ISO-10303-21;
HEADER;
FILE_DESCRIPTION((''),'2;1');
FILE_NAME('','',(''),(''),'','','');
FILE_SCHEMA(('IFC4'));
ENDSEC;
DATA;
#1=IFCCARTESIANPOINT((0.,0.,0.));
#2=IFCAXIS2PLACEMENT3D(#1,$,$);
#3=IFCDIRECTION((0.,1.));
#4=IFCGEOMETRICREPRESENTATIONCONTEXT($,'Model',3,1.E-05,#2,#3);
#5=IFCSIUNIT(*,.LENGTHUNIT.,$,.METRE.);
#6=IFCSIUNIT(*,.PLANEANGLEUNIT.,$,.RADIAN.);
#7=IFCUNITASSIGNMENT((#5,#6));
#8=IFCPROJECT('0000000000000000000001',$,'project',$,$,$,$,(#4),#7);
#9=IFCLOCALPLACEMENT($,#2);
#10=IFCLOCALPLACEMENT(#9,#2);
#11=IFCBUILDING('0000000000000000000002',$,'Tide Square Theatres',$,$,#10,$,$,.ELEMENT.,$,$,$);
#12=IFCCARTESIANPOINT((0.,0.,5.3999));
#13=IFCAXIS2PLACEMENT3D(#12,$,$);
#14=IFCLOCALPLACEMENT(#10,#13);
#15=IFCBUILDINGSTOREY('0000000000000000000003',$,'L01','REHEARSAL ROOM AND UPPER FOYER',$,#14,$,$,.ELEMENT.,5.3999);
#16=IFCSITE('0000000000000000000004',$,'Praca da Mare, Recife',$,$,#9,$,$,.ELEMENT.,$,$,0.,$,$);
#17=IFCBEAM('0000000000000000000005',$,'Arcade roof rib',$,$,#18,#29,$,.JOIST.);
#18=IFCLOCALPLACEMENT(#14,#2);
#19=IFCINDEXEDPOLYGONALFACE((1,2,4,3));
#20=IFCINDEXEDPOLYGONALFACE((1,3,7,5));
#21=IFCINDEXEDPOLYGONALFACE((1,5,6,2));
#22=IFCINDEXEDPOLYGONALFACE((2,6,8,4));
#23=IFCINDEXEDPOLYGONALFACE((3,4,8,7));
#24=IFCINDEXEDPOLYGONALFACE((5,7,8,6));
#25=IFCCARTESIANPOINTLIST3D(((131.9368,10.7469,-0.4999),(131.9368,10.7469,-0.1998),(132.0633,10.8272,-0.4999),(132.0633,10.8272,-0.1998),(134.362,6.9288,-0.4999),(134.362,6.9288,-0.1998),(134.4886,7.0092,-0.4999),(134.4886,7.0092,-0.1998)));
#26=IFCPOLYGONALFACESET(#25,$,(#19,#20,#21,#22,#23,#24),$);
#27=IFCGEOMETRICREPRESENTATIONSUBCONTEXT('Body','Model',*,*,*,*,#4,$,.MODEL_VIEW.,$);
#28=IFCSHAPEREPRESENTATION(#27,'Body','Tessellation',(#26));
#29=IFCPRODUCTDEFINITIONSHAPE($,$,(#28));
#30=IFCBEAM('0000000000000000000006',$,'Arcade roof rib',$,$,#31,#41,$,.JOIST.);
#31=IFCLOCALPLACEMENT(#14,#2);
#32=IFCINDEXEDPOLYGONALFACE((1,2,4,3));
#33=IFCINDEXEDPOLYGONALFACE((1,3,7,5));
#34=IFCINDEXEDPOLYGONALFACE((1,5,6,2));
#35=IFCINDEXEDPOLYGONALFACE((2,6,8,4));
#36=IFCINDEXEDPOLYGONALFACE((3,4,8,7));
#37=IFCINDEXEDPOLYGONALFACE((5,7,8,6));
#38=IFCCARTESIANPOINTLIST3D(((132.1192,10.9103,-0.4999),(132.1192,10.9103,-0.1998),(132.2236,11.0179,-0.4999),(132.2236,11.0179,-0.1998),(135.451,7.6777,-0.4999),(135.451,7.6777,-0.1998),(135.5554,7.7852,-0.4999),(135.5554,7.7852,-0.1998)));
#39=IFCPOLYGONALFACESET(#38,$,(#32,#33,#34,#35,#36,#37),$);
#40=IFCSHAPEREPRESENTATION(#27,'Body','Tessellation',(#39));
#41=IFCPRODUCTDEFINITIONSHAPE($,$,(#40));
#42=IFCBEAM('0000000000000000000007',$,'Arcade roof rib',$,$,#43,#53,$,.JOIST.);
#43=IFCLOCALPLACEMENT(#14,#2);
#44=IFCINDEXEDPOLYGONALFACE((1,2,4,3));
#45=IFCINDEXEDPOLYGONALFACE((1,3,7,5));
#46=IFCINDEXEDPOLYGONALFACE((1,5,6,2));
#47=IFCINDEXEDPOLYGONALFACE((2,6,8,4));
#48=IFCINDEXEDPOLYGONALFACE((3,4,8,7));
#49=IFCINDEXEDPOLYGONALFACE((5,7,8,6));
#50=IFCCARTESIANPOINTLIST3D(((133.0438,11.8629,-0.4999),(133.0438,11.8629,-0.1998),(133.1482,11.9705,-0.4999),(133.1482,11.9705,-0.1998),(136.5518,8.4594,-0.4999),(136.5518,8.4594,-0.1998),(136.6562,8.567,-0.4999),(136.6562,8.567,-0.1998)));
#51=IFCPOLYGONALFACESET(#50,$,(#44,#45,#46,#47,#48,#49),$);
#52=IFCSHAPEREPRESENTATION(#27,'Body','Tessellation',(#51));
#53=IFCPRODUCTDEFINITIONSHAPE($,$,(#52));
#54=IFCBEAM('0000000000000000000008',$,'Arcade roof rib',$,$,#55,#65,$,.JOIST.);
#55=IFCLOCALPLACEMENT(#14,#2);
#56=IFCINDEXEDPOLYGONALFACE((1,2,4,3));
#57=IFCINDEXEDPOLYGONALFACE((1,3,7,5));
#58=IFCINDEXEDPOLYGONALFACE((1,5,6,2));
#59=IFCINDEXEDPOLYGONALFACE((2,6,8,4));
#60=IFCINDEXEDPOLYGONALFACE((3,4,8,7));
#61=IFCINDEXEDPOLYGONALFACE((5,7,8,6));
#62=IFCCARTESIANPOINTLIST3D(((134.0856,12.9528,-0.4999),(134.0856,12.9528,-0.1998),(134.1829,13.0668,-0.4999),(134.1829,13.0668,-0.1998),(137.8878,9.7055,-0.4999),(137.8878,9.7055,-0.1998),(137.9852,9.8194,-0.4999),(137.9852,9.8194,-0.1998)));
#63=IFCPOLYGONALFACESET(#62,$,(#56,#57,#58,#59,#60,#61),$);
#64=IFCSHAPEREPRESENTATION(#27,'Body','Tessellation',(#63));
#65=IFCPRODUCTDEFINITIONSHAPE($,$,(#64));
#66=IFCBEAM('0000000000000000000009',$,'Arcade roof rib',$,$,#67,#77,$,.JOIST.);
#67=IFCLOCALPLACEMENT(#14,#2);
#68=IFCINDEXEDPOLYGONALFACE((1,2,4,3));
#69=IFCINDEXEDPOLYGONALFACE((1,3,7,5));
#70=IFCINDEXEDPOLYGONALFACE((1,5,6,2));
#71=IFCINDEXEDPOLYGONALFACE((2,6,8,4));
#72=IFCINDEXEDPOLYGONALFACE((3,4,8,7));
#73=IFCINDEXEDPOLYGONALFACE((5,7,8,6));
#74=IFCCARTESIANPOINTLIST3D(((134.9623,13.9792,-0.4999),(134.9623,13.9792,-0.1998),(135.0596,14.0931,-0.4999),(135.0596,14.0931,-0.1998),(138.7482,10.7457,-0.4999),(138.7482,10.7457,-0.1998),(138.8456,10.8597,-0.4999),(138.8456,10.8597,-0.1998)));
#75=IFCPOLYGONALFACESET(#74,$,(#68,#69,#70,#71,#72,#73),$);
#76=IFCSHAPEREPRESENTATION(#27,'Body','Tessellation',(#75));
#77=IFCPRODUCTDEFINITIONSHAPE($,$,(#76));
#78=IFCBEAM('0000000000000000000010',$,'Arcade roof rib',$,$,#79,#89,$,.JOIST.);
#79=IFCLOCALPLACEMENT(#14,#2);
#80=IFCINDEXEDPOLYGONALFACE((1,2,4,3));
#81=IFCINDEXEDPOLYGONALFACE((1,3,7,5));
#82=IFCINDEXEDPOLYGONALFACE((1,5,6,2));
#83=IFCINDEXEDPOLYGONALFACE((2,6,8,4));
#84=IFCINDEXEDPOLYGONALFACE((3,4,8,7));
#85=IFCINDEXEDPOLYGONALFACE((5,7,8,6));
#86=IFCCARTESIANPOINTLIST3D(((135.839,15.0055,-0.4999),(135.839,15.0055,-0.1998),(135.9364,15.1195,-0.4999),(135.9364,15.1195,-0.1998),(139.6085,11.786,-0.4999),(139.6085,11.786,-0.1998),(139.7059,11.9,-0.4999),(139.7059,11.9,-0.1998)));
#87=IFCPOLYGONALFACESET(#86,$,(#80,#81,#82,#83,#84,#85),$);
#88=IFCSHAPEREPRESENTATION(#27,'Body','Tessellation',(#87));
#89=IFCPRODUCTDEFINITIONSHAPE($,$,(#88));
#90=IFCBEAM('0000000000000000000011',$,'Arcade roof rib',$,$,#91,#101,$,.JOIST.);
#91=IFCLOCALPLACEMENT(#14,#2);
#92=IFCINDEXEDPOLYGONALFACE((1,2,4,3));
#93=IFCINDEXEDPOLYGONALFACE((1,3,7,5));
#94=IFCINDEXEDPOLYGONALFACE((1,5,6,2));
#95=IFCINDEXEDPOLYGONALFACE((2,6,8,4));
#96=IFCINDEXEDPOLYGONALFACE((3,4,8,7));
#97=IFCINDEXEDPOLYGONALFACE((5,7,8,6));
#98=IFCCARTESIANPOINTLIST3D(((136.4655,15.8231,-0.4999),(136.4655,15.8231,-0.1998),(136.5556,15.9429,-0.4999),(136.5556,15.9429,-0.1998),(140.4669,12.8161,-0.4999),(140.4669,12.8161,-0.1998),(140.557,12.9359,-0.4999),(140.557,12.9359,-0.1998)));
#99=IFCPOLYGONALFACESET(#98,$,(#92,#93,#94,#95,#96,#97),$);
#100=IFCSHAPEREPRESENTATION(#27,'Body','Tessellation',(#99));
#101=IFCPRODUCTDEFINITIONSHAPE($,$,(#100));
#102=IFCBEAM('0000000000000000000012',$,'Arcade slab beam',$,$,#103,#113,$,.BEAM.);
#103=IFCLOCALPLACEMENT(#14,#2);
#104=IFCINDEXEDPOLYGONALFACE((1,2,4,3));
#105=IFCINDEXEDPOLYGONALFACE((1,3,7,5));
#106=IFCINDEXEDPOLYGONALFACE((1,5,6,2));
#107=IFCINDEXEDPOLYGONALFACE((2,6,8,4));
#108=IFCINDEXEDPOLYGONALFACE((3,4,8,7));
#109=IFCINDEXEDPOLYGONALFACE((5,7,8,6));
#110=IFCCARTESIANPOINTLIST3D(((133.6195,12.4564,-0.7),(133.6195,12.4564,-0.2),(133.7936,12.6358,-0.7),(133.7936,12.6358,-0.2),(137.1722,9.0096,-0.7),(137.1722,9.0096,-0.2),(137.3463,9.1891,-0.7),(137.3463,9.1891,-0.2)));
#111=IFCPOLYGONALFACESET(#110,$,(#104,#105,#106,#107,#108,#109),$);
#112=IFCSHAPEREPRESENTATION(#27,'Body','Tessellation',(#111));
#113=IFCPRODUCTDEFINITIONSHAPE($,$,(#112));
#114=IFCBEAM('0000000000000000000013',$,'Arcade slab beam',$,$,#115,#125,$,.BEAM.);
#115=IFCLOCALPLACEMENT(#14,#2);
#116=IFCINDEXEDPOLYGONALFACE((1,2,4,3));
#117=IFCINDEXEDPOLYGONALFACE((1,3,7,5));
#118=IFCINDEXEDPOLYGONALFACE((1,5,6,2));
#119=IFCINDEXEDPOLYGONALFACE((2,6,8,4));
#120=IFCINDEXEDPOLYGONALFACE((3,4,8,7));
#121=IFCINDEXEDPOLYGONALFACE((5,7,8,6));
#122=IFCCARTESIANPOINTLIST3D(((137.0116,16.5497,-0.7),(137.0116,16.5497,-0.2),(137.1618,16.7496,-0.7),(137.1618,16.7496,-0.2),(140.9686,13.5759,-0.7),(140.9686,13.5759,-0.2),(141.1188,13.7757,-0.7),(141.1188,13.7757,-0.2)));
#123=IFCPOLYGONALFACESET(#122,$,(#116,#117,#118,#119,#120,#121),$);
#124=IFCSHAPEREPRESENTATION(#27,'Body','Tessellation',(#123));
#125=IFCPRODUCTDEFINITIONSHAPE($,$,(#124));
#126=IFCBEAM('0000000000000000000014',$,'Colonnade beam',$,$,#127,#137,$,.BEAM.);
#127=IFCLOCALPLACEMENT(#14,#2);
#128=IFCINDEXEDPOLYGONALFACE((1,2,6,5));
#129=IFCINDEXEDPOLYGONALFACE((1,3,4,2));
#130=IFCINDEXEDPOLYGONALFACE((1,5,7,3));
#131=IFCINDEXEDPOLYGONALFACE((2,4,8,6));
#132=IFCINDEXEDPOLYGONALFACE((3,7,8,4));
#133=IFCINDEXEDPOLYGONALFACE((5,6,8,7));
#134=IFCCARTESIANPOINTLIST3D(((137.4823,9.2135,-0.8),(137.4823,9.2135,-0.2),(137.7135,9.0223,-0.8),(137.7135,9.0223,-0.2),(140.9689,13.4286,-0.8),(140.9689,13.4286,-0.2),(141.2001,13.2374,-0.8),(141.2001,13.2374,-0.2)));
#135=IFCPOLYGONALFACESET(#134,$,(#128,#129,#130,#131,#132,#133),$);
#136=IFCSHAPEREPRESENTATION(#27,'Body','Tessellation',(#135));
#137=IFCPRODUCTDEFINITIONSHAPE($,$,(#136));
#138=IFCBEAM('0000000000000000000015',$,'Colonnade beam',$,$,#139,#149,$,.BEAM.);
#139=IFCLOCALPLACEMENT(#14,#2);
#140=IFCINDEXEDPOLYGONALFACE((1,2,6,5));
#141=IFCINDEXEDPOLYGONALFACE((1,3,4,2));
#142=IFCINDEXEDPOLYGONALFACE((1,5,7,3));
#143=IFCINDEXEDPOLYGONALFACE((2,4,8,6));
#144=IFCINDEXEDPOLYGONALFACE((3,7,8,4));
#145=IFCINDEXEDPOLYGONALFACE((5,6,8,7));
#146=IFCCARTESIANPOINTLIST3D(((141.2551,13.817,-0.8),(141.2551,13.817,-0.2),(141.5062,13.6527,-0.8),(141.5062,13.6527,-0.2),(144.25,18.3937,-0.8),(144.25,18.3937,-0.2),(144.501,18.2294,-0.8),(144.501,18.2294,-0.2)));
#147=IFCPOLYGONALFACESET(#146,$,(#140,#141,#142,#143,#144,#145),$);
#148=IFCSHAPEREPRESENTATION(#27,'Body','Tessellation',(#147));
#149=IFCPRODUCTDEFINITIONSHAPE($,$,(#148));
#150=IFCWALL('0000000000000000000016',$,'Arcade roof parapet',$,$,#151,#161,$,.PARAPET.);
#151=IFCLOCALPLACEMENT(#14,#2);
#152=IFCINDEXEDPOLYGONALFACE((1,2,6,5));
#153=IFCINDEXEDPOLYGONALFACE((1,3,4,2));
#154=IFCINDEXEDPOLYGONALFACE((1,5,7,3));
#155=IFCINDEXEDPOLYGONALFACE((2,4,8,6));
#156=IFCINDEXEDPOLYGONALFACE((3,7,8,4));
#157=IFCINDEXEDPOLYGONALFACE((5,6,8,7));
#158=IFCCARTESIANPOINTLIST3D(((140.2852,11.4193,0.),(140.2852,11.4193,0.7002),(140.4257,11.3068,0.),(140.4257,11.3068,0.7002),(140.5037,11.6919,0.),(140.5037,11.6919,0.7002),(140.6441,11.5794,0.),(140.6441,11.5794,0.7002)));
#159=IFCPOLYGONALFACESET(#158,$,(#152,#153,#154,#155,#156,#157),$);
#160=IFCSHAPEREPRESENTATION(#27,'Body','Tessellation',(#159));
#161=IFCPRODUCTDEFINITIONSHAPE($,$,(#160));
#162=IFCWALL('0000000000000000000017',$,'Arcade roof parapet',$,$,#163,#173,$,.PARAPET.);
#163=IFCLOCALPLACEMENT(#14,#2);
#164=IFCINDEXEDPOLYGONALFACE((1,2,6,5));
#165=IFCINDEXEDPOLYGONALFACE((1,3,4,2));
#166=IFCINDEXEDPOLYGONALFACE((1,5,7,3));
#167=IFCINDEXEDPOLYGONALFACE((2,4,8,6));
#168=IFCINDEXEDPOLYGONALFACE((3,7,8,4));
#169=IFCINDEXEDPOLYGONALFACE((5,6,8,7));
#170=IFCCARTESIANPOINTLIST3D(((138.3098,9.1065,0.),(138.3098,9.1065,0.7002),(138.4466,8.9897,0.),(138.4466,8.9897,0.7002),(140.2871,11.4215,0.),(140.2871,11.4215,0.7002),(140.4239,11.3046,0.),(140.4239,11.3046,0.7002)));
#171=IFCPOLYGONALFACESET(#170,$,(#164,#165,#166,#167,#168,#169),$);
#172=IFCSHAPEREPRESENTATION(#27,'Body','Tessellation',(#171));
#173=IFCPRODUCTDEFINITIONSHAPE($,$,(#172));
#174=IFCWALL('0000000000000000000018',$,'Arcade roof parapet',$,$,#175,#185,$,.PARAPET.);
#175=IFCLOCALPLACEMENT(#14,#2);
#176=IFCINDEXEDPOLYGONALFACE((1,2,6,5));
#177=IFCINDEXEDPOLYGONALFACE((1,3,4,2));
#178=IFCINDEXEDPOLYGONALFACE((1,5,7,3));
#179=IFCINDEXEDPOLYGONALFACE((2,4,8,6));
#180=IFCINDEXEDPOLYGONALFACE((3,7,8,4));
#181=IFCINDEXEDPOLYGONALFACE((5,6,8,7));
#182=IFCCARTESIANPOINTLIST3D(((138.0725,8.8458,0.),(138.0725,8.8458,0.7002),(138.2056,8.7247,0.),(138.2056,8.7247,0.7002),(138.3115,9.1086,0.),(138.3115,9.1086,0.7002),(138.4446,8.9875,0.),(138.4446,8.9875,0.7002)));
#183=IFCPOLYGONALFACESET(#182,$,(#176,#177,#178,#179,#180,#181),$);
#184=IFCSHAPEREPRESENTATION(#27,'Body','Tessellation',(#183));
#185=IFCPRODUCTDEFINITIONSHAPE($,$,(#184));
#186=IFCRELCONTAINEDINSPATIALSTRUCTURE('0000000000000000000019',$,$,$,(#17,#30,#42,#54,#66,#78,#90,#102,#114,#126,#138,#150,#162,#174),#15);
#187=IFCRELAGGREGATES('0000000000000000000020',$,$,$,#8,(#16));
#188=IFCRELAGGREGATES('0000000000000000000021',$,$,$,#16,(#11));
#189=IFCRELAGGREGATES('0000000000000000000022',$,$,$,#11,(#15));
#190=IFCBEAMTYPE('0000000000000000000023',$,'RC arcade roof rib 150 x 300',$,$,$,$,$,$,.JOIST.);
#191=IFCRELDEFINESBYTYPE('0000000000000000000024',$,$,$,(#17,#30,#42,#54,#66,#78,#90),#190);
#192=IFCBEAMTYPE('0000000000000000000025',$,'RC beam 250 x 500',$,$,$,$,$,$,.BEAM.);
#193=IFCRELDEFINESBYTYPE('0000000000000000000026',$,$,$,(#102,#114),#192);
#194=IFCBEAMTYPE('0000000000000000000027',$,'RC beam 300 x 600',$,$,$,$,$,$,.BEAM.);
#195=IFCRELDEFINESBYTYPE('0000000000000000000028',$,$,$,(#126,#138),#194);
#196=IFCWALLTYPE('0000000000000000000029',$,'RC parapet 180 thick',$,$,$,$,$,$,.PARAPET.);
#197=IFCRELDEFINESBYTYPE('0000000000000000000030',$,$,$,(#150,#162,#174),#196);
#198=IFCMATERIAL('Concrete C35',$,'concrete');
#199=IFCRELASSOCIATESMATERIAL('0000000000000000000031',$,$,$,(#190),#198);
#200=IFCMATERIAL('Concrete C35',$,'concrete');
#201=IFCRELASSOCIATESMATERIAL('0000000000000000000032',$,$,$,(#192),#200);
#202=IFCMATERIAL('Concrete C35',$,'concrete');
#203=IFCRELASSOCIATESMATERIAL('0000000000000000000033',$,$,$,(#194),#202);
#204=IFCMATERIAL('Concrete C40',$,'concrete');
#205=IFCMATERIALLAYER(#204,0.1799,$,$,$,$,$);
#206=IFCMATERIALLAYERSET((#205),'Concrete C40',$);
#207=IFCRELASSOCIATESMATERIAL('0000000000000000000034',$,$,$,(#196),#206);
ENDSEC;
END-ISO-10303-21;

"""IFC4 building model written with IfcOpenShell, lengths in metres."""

from ifc_helpers import new_model, si_unit, direction, frame, frame_2d, origin, origin_2d, place, context, subcontext, project, spatial, rectangle, extrude, material, layer, layer_set, material_profile, profile_set, type_object, element, save


model = new_model("IFC4")

# Units and contexts
model_context = context("Model", 3, precision=1e-05, world=origin(), true_north=direction((0.0, 1.0)))
body_context = subcontext(model_context, "Body", "Model", "MODEL_VIEW")
ifc_project = project(units=[si_unit("LENGTHUNIT", "METRE"), si_unit("PLANEANGLEUNIT", "RADIAN")], contexts=[model_context])

# Site, building, storey
site_placement = place(None, origin())
site = spatial("IfcSite", under=ifc_project, at=site_placement, Name="Praca da Mare, Recife", CompositionType="ELEMENT", RefElevation=0.0)
building_placement = place(site_placement, origin())
building = spatial("IfcBuilding", under=site, at=building_placement, Name="Tide Square Theatres", CompositionType="ELEMENT")
storey_placement = place(building_placement, frame((0.0, 0.0, 5.3999)))
storey = spatial("IfcBuildingStorey", under=building, at=storey_placement, Name="L01", Description="REHEARSAL ROOM AND UPPER FOYER", CompositionType="ELEMENT", Elevation=5.3999)

# Beams
ifc_material_1 = material(Name="Concrete C35", Category="concrete")
ifc_material_profile_1 = material_profile(ifc_material_1, rectangle(XDim=0.1499, YDim=0.3, at=origin_2d()))
ifc_profile_set_1 = profile_set([ifc_material_profile_1], Name="Concrete C35")
beam_type_1 = type_object("IfcBeamType", Name="RC arcade roof rib 150 x 300", PredefinedType="JOIST", material=ifc_profile_set_1)
beam_1_placement = place(storey_placement, frame((134.4253, 6.969, -0.3499), z_axis=(-0.53618, 0.844103, 0.0), x_axis=(-0.844103, -0.53618, 0.0)))
element("IfcBeam", 1, at=beam_1_placement, inside=storey, type_object=beam_type_1, Name="Arcade roof rib", PredefinedType="JOIST", context=body_context, shape_type="SweptSolid", body=[
    extrude(rectangle(XDim=0.1499, YDim=0.3, at=origin_2d()), origin(), (0.0, 0.0, 1.0), 4.5232),
])
beam_2_placement = place(storey_placement, frame((135.5032, 7.7314, -0.3499), z_axis=(-0.717702, 0.69635, 0.0), x_axis=(-0.69635, -0.717702, 0.0)))
element("IfcBeam", 2, at=beam_2_placement, inside=storey, type_object=beam_type_1, Name="Arcade roof rib", PredefinedType="JOIST", context=body_context, shape_type="SweptSolid", body=[
    extrude(rectangle(XDim=0.1499, YDim=0.3, at=origin_2d()), origin(), (0.0, 0.0, 1.0), 4.6423),
])
beam_3_placement = place(storey_placement, frame((136.604, 8.5132, -0.3499), z_axis=(-0.717715, 0.696337, 0.0), x_axis=(-0.696337, -0.717715, 0.0)))
element("IfcBeam", 3, at=beam_3_placement, inside=storey, type_object=beam_type_1, Name="Arcade roof rib", PredefinedType="JOIST", context=body_context, shape_type="SweptSolid", body=[
    extrude(rectangle(XDim=0.1499, YDim=0.3, at=origin_2d()), origin(), (0.0, 0.0, 1.0), 4.8877),
])
beam_4_placement = place(storey_placement, frame((137.9365, 9.7625, -0.3499), z_axis=(-0.760417, 0.649435, 0.0), x_axis=(-0.649435, -0.760417, 0.0)))
element("IfcBeam", 4, at=beam_4_placement, inside=storey, type_object=beam_type_1, Name="Arcade roof rib", PredefinedType="JOIST", context=body_context, shape_type="SweptSolid", body=[
    extrude(rectangle(XDim=0.1499, YDim=0.3, at=origin_2d()), origin(), (0.0, 0.0, 1.0), 5.0002),
])
beam_5_placement = place(storey_placement, frame((138.7969, 10.8027, -0.3499), z_axis=(-0.760412, 0.649442, 0.0), x_axis=(-0.649442, -0.760412, 0.0)))
element("IfcBeam", 5, at=beam_5_placement, inside=storey, type_object=beam_type_1, Name="Arcade roof rib", PredefinedType="JOIST", context=body_context, shape_type="SweptSolid", body=[
    extrude(rectangle(XDim=0.1499, YDim=0.3, at=origin_2d()), origin(), (0.0, 0.0, 1.0), 4.9788),
])
beam_6_placement = place(storey_placement, frame((139.6572, 11.843, -0.3499), z_axis=(-0.760406, 0.649448, 0.0), x_axis=(-0.649448, -0.760406, 0.0)))
element("IfcBeam", 6, at=beam_6_placement, inside=storey, type_object=beam_type_1, Name="Arcade roof rib", PredefinedType="JOIST", context=body_context, shape_type="SweptSolid", body=[
    extrude(rectangle(XDim=0.1499, YDim=0.3, at=origin_2d()), origin(), (0.0, 0.0, 1.0), 4.9573),
])
beam_7_placement = place(storey_placement, frame((140.512, 12.876, -0.3499), z_axis=(-0.799426, 0.600765, 0.0), x_axis=(-0.600765, -0.799426, 0.0)))
element("IfcBeam", 7, at=beam_7_placement, inside=storey, type_object=beam_type_1, Name="Arcade roof rib", PredefinedType="JOIST", context=body_context, shape_type="SweptSolid", body=[
    extrude(rectangle(XDim=0.1499, YDim=0.3, at=origin_2d()), origin(), (0.0, 0.0, 1.0), 5.0054),
])
ifc_material_2 = material(Name="Concrete C35", Category="concrete")
ifc_material_profile_2 = material_profile(ifc_material_2, rectangle(XDim=0.25, YDim=0.5, at=origin_2d()))
ifc_profile_set_2 = profile_set([ifc_material_profile_2], Name="Concrete C35")
beam_type_2 = type_object("IfcBeamType", Name="RC beam 250 x 500", PredefinedType="BEAM", material=ifc_profile_set_2)
for number, where, z_axis, x_axis, name in (
    (8, (137.2593, 9.0994, -0.45), (-0.717729, 0.696323, 0.0), (-0.696323, -0.717729, 0.0), "Arcade slab beam"),
    (9, (141.0437, 13.6758, -0.45), (-0.799408, 0.600789, 0.0), (-0.600789, -0.799408, 0.0), "Arcade slab beam"),
):
    element("IfcBeam", number, at=place(storey_placement, frame(where, z_axis=z_axis, x_axis=x_axis)), inside=storey, type_object=beam_type_2, Name=name, PredefinedType="BEAM", context=body_context, shape_type="SweptSolid", body=[
        extrude(rectangle(XDim=0.25, YDim=0.5, at=origin_2d()), origin(), (0.0, 0.0, 1.0), 4.95),
    ])
ifc_material_3 = material(Name="Concrete C35", Category="concrete")
ifc_material_profile_3 = material_profile(ifc_material_3, rectangle(XDim=0.3, YDim=0.6001, at=origin_2d()))
ifc_profile_set_3 = profile_set([ifc_material_profile_3], Name="Concrete C35")
beam_type_3 = type_object("IfcBeamType", Name="RC beam 300 x 600", PredefinedType="BEAM", material=ifc_profile_set_3)
beam_8_placement = place(storey_placement, frame((137.5979, 9.1179, -0.5), z_axis=(0.637375, 0.770554, 0.0), x_axis=(-0.770554, 0.637375, 0.0)))
element("IfcBeam", 10, at=beam_8_placement, inside=storey, type_object=beam_type_3, Name="Colonnade beam", PredefinedType="BEAM", context=body_context, shape_type="SweptSolid", body=[
    extrude(rectangle(XDim=0.3, YDim=0.6001, at=origin_2d()), origin(), (0.0, 0.0, 1.0), 5.4702),
])
beam_9_placement = place(storey_placement, frame((141.3806, 13.7349, -0.5), z_axis=(0.547562, 0.836765, 0.0), x_axis=(-0.836765, 0.547562, 0.0)))
element("IfcBeam", 11, at=beam_9_placement, inside=storey, type_object=beam_type_3, Name="Colonnade beam", PredefinedType="BEAM", context=body_context, shape_type="SweptSolid", body=[
    extrude(rectangle(XDim=0.3, YDim=0.6001, at=origin_2d()), origin(), (0.0, 0.0, 1.0), 5.4695),
])

# Walls
ifc_material_4 = material(Name="Concrete C40", Category="concrete")
ifc_layer = layer(ifc_material_4, 0.1799)
ifc_layer_set = layer_set([ifc_layer], Name="Concrete C40")
wall_type = type_object("IfcWallType", Name="RC parapet 180 thick", PredefinedType="PARAPET", material=ifc_layer_set)
wall_1_placement = place(storey_placement, frame((140.574, 11.6357, 0.0), z_axis=(0.0, 0.0, 1.0), x_axis=(-0.625291, -0.780391, 0.0)))
element("IfcWall", 12, at=wall_1_placement, inside=storey, type_object=wall_type, Name="Arcade roof parapet", PredefinedType="PARAPET", context=body_context, shape_type="SweptSolid", body=[
    extrude(rectangle(XDim=0.3494, YDim=0.1799, at=frame_2d((0.1748, 0.0))), origin(), (0.0, 0.0, 1.0), 0.7002),
])
wall_2_placement = place(storey_placement, frame((140.3555, 11.363, 0.0), z_axis=(0.0, 0.0, 1.0), x_axis=(-0.649476, -0.760382, 0.0)))
element("IfcWall", 13, at=wall_2_placement, inside=storey, type_object=wall_type, Name="Arcade roof parapet", PredefinedType="PARAPET", context=body_context, shape_type="SweptSolid", body=[
    extrude(rectangle(XDim=3.0444, YDim=0.1799, at=frame_2d((1.5222, 0.0))), origin(), (0.0, 0.0, 1.0), 0.7002),
])
wall_3_placement = place(storey_placement, frame((138.3782, 9.0481, 0.0), z_axis=(0.0, 0.0, 1.0), x_axis=(-0.672981, -0.73966, 0.0)))
element("IfcWall", 14, at=wall_3_placement, inside=storey, type_object=wall_type, Name="Arcade roof parapet", PredefinedType="PARAPET", context=body_context, shape_type="SweptSolid", body=[
    extrude(rectangle(XDim=0.3552, YDim=0.1799, at=frame_2d((0.1777, 0.0))), origin(), (0.0, 0.0, 1.0), 0.7002),
])

save(model, "model.ifc")
